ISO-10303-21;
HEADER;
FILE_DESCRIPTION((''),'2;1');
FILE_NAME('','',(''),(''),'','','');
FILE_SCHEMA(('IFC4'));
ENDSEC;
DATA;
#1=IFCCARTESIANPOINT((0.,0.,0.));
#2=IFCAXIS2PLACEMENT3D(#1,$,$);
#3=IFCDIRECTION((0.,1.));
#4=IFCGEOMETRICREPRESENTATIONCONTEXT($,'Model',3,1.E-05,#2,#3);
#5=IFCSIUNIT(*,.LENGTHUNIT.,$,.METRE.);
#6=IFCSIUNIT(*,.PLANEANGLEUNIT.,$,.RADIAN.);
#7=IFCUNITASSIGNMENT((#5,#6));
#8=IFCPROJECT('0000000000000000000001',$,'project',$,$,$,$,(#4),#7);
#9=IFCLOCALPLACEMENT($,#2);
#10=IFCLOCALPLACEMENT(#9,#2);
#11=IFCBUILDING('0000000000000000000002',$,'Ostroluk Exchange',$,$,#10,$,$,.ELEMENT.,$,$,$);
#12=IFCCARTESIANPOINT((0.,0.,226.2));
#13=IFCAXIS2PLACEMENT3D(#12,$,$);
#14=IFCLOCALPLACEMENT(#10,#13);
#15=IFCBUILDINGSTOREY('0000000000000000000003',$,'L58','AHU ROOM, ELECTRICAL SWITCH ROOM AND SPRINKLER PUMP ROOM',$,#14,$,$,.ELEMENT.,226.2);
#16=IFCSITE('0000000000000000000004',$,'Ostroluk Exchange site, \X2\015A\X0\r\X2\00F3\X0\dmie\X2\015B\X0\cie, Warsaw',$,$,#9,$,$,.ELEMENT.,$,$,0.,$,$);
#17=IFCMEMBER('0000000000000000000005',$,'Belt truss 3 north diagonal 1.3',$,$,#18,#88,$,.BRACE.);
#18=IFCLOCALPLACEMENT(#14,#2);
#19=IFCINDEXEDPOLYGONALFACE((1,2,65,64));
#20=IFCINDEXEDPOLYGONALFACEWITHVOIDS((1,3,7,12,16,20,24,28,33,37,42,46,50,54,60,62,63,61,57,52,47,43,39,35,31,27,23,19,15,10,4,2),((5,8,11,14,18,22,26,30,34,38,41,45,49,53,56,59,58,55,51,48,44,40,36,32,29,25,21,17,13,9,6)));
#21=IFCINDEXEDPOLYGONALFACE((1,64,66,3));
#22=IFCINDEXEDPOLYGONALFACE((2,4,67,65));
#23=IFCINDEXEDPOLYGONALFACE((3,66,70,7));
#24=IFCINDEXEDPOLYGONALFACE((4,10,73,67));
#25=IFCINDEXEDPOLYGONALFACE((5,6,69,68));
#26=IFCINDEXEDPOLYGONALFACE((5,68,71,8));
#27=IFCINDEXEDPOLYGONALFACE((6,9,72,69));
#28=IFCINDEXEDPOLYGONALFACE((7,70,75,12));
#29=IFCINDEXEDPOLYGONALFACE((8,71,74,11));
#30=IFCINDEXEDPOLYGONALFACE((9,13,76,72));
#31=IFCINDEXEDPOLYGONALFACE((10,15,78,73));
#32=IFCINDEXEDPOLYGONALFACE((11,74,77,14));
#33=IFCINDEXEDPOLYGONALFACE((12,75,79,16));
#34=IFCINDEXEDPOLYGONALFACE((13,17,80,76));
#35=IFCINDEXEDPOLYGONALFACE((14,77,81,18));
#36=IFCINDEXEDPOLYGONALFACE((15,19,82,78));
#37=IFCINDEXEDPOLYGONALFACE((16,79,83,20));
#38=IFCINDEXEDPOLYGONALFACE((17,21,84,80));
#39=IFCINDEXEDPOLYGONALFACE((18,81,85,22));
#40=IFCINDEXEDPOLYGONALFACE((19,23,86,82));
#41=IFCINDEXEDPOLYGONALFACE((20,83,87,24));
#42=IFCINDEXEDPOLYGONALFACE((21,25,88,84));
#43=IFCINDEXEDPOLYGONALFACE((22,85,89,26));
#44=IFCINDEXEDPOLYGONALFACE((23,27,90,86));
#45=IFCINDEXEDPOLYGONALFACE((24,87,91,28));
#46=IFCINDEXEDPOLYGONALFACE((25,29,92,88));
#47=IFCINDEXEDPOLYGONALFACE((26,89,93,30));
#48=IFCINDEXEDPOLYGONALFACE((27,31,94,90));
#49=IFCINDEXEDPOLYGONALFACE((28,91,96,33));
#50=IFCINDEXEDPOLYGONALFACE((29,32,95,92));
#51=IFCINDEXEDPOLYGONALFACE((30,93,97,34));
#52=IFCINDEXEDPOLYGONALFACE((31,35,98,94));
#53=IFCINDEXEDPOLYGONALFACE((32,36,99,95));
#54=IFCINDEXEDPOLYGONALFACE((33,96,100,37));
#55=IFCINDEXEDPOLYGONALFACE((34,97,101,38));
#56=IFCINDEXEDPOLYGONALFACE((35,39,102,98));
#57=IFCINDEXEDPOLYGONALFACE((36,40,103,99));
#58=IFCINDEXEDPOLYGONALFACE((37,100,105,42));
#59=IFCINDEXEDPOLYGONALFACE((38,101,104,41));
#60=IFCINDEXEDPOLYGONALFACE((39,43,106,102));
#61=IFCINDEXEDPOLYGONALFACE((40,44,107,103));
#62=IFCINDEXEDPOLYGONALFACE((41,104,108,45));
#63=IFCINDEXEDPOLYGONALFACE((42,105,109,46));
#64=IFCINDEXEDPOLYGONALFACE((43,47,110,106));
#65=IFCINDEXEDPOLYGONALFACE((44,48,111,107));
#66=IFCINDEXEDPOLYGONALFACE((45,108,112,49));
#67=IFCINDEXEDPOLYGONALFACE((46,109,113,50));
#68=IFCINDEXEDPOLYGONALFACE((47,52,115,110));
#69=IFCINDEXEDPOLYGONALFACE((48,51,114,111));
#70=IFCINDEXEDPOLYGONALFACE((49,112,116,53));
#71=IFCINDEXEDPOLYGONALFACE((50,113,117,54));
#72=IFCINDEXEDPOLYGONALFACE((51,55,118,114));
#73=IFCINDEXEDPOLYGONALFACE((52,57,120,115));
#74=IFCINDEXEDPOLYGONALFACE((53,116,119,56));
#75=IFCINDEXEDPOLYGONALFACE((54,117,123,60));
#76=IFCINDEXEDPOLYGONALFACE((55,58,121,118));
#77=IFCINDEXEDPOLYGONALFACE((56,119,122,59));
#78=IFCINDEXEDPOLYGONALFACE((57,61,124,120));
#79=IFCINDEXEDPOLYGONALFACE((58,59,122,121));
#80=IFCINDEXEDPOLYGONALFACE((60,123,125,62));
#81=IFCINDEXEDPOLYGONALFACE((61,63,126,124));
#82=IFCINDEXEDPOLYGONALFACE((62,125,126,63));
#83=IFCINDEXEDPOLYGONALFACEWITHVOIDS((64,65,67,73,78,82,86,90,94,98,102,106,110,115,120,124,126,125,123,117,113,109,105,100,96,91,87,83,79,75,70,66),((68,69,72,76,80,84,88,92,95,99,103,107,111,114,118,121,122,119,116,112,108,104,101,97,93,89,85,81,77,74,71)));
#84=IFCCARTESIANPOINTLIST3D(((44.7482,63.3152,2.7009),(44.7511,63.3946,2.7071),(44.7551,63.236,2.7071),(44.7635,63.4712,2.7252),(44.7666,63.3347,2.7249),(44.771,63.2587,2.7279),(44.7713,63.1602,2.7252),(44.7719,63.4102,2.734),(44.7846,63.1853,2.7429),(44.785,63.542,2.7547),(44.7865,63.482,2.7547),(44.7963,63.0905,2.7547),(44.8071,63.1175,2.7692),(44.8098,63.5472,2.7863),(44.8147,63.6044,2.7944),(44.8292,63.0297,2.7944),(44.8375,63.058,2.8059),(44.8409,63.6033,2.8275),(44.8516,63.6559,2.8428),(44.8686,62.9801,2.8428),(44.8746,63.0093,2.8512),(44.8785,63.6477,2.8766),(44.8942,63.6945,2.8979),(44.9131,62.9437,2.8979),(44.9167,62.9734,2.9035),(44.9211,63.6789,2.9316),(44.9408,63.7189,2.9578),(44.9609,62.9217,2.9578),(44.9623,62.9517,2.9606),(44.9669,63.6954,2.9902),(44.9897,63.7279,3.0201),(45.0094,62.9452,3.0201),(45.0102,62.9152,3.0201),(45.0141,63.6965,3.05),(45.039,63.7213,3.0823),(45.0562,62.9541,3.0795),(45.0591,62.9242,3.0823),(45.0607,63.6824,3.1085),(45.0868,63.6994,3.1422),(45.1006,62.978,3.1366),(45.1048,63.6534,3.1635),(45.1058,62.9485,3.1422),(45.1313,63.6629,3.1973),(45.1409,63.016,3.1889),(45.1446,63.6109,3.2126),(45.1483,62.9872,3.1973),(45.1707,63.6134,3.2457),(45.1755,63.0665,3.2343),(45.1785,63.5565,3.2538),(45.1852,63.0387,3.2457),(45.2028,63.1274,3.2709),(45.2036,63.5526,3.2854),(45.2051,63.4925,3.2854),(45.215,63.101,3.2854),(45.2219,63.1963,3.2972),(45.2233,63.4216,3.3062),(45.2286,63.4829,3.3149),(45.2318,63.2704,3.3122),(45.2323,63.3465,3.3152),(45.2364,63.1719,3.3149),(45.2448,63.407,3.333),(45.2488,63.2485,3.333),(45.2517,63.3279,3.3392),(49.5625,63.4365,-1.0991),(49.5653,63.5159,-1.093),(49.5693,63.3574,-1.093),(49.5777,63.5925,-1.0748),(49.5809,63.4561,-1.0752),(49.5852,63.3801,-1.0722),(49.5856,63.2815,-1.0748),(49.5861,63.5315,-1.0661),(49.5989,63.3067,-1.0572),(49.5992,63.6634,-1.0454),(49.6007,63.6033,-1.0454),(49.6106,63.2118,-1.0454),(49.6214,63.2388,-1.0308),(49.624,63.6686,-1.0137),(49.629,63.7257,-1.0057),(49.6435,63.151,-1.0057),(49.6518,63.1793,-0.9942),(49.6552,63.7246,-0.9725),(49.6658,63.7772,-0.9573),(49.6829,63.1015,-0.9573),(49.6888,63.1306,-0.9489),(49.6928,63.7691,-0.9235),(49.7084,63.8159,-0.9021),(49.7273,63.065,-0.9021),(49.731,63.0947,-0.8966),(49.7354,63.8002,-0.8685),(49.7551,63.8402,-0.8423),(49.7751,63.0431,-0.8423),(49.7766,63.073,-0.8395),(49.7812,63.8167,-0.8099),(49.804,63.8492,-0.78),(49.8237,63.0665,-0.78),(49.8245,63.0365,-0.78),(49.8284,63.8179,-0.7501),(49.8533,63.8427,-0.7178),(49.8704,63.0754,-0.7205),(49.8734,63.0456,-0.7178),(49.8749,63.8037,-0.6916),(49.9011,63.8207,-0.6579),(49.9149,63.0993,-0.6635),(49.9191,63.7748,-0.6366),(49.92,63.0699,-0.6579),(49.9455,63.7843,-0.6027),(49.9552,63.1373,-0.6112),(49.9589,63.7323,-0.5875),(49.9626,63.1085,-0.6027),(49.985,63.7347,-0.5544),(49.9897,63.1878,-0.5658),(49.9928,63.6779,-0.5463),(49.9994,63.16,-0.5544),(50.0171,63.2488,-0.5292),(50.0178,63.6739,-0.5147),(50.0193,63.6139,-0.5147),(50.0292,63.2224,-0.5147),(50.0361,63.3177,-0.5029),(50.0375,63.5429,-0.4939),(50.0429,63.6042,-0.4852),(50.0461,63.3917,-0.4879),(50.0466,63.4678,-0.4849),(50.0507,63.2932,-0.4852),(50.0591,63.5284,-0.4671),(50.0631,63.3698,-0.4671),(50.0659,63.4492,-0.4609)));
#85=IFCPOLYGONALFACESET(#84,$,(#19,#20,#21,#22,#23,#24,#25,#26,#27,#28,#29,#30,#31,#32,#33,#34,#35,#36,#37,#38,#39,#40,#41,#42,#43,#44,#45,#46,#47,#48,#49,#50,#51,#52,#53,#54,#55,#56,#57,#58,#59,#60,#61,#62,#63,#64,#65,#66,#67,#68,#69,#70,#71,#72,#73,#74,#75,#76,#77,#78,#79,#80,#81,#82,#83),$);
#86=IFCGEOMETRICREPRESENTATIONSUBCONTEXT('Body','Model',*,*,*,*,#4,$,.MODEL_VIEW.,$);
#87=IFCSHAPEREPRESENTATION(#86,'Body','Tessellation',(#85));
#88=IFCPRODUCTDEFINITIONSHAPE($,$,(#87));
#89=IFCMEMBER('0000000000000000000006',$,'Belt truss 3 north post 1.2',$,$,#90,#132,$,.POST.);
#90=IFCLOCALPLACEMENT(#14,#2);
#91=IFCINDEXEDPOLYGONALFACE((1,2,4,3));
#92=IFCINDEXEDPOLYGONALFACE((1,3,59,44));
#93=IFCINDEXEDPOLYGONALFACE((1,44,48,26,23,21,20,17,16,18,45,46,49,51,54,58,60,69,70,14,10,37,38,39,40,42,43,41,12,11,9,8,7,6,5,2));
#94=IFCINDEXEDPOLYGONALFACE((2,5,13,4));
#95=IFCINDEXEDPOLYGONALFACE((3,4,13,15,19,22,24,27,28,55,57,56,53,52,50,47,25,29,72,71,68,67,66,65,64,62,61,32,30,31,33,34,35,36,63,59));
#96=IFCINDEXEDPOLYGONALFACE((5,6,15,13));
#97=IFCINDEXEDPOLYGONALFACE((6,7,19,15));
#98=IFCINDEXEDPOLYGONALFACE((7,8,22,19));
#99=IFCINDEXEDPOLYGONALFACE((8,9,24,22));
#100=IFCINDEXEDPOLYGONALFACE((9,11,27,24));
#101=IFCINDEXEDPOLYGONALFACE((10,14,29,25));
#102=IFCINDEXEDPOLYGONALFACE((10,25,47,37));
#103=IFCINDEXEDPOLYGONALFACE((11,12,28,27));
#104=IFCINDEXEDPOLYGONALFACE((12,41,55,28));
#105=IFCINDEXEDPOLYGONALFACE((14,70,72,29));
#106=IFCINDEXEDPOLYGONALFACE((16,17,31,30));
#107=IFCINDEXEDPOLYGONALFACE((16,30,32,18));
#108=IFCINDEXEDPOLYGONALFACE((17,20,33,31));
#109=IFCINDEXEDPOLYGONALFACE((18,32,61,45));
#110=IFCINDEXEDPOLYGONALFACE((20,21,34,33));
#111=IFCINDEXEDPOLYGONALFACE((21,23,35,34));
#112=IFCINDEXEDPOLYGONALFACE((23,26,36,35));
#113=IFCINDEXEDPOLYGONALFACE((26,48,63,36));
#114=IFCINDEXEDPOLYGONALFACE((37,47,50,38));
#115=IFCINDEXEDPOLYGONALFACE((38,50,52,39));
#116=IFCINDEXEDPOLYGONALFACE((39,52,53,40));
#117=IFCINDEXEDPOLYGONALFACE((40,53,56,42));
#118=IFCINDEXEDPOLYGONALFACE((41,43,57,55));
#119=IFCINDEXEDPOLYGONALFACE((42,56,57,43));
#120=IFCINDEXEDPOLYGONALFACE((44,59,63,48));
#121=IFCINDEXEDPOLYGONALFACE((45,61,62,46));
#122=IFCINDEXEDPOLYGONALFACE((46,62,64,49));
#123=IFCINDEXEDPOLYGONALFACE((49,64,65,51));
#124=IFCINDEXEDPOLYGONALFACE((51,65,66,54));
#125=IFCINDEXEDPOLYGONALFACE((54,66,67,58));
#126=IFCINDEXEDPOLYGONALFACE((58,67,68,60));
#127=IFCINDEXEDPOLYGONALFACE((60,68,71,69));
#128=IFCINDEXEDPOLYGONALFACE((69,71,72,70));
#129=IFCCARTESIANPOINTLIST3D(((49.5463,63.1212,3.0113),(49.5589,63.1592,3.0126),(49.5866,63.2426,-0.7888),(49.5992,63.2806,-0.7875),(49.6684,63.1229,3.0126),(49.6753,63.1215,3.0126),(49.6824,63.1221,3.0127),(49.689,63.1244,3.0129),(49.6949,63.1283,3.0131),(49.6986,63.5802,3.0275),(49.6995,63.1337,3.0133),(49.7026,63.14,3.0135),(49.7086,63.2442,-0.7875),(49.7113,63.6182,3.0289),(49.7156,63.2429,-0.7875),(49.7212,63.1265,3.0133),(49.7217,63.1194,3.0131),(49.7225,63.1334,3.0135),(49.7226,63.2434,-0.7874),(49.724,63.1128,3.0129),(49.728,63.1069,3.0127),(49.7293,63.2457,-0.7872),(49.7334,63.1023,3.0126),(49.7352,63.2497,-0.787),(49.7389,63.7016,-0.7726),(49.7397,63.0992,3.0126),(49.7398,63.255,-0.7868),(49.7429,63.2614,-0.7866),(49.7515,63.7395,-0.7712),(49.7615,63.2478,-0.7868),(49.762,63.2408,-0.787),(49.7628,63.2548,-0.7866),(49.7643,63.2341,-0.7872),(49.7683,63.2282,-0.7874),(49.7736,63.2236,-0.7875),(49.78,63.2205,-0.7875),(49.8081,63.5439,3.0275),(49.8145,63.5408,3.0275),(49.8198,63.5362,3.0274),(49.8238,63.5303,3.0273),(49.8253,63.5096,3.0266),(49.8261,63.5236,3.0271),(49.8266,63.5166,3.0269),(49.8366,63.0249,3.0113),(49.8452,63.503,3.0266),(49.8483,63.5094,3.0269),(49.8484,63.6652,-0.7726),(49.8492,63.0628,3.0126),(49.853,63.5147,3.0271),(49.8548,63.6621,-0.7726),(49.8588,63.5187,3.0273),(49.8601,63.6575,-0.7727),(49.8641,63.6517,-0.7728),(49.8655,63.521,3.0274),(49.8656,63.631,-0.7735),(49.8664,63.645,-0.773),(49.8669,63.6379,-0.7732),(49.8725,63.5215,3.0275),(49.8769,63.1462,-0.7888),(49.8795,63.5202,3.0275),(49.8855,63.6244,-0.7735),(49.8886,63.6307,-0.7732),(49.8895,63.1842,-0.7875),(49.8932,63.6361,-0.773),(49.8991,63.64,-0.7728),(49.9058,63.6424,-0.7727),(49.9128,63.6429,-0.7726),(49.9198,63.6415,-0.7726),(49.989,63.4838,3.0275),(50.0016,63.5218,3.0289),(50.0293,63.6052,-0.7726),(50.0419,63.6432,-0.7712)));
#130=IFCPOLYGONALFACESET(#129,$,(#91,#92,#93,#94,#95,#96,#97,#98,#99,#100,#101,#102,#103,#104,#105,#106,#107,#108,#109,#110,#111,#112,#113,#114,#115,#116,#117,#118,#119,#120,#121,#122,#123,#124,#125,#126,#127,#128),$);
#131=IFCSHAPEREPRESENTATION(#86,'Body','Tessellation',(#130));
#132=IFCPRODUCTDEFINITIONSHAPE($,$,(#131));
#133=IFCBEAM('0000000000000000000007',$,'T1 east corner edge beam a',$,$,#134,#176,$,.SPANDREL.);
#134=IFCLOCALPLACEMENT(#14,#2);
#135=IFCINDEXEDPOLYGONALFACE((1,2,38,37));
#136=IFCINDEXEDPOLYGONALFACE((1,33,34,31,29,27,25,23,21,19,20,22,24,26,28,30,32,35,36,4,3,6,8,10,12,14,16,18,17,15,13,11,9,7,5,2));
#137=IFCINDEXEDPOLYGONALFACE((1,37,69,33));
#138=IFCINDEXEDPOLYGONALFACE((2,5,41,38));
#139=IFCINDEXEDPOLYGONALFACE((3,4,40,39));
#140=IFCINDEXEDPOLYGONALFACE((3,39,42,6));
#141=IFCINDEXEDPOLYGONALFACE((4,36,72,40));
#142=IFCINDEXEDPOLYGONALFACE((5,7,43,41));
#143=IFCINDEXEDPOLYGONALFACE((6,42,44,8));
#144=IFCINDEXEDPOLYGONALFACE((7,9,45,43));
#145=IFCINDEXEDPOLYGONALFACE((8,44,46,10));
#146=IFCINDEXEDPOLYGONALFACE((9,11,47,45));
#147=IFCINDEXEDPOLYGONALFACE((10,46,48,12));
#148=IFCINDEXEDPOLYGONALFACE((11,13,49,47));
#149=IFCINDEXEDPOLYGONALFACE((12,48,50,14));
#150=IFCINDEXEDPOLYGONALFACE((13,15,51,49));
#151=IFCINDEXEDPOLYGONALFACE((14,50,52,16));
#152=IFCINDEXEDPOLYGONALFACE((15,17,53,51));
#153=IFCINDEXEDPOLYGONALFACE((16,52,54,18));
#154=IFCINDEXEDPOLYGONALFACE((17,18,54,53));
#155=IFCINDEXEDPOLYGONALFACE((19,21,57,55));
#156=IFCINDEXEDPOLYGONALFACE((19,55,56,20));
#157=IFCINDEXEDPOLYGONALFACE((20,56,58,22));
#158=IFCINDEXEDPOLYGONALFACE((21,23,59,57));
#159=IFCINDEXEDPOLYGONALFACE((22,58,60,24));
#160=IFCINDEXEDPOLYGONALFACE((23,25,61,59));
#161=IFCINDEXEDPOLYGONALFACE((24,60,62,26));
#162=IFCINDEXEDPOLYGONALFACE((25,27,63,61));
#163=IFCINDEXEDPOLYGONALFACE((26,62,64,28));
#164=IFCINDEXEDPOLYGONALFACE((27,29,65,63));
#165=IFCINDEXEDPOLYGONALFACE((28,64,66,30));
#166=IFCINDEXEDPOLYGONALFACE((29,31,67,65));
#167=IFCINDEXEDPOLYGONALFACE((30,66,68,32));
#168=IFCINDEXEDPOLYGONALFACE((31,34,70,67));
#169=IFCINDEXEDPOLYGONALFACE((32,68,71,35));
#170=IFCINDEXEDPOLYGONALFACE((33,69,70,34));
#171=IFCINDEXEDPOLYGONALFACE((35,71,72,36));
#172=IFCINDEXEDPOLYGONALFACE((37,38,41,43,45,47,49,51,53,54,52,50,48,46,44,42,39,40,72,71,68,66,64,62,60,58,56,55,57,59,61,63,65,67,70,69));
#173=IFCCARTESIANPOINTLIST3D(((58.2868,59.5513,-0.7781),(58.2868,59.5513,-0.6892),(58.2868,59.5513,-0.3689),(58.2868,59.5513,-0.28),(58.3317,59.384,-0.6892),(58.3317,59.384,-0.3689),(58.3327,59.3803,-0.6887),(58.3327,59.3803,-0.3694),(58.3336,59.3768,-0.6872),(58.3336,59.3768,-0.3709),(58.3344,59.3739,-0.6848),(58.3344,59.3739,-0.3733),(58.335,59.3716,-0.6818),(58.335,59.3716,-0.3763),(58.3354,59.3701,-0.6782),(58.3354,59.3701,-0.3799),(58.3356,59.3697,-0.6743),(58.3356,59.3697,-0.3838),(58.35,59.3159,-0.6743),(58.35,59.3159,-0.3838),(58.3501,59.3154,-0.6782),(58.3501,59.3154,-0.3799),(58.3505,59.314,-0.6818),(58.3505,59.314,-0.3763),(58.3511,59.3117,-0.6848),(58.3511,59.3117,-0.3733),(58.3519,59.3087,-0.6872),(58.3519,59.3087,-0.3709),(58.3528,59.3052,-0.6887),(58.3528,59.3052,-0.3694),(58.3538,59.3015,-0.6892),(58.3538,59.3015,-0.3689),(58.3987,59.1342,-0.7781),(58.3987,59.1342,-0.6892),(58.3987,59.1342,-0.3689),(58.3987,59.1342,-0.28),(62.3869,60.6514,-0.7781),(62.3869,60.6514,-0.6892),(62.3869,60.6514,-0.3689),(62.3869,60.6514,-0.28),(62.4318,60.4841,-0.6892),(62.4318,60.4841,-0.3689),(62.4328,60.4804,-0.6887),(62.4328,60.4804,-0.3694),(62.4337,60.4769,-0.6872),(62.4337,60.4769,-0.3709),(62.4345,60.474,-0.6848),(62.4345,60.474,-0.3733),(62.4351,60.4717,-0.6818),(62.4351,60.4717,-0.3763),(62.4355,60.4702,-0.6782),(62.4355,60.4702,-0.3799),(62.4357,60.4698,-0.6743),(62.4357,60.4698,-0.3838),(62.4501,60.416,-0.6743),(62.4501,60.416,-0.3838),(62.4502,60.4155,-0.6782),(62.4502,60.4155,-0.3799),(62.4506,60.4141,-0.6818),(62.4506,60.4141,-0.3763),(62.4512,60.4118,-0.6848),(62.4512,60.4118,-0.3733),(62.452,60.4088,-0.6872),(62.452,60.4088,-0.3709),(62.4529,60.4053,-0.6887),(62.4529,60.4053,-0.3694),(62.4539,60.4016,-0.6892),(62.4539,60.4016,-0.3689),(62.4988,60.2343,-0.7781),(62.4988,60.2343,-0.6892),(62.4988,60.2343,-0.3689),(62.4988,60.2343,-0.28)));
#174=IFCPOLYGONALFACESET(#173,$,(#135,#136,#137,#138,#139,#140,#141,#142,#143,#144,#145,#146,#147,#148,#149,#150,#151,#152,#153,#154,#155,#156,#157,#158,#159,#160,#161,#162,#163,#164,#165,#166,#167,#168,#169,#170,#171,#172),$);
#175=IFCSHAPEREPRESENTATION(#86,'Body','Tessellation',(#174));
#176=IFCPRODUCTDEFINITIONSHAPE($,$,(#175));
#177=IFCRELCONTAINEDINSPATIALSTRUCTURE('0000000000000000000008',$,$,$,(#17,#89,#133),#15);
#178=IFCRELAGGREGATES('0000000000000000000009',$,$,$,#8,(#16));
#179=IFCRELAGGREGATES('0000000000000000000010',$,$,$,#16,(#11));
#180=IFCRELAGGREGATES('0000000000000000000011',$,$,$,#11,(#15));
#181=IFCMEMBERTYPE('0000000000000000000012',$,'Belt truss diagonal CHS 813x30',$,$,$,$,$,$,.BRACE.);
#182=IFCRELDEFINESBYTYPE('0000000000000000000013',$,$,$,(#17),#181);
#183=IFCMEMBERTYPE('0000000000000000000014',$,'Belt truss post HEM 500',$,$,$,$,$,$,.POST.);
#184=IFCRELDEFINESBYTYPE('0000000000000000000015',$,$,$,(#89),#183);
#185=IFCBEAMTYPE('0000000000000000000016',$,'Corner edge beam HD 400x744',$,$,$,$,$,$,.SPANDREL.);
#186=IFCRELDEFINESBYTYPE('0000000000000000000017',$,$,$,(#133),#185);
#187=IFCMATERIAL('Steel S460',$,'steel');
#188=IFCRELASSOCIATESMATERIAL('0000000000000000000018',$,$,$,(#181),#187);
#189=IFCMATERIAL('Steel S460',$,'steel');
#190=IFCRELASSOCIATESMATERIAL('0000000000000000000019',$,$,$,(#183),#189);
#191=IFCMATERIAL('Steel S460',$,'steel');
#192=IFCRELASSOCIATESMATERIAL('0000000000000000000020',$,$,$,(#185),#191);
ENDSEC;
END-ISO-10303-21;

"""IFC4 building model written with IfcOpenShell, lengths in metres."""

from ifc_helpers import new_model, si_unit, direction, frame, origin, origin_2d, place, context, subcontext, project, spatial, hollow_circle, i_section, extrude, material, material_profile, profile_set, type_object, element, save


model = new_model("IFC4")

# Units and contexts
model_context = context("Model", 3, precision=1e-05, world=origin(), true_north=direction((0.0, 1.0)))
body_context = subcontext(model_context, "Body", "Model", "MODEL_VIEW")
ifc_project = project(units=[si_unit("LENGTHUNIT", "METRE"), si_unit("PLANEANGLEUNIT", "RADIAN")], contexts=[model_context])

# Site, building, storey
site_placement = place(None, origin())
site = spatial("IfcSite", under=ifc_project, at=site_placement, Name="Ostroluk Exchange site, Śródmieście, Warsaw", CompositionType="ELEMENT", RefElevation=0.0)
building_placement = place(site_placement, origin())
building = spatial("IfcBuilding", under=site, at=building_placement, Name="Ostroluk Exchange", CompositionType="ELEMENT")
storey_placement = place(building_placement, frame((0.0, 0.0, 226.2)))
storey = spatial("IfcBuildingStorey", under=building, at=storey_placement, Name="L58", Description="AHU ROOM, ELECTRICAL SWITCH ROOM AND SPRINKLER PUMP ROOM", CompositionType="ELEMENT", Elevation=226.2)

# Members
ifc_material_1 = material(Name="Steel S460", Category="steel")
ifc_material_profile_1 = material_profile(ifc_material_1, hollow_circle(Radius=0.4065, WallThickness=0.03, at=origin_2d()), Name="CHS 813x30")
ifc_profile_set_1 = profile_set([ifc_material_profile_1], Name="Steel S460")
member_type_1 = type_object("IfcMemberType", Name="Belt truss diagonal CHS 813x30", PredefinedType="BRACE", material=ifc_profile_set_1)
member_1_placement = place(storey_placement, frame((49.8142, 63.4429, -0.78), z_axis=(-0.78478, -0.01978, 0.619459), x_axis=(0.025196, -0.999683, 0.0)))
element("IfcMember", 1, at=member_1_placement, inside=storey, type_object=member_type_1, Name="Belt truss 3 north diagonal 1.3", PredefinedType="BRACE", context=body_context, shape_type="SweptSolid", body=[
    extrude(hollow_circle(Radius=0.4065, WallThickness=0.03, at=origin_2d()), origin(), (0.0, 0.0, 1.0), 6.1345),
])
ifc_material_2 = material(Name="Steel S460", Category="steel")
ifc_material_profile_2 = material_profile(ifc_material_2, i_section(OverallWidth=0.3059, OverallDepth=0.5239, WebThickness=0.021, FlangeThickness=0.04, FilletRadius=0.0271, at=origin_2d()), Name="HEM 500")
ifc_profile_set_2 = profile_set([ifc_material_profile_2], Name="Steel S460")
member_type_2 = type_object("IfcMemberType", Name="Belt truss post HEM 500", PredefinedType="POST", material=ifc_profile_set_2)
member_2_placement = place(storey_placement, frame((49.8142, 63.4429, -0.78), z_axis=(-0.010595, -0.031913, 0.999435), x_axis=(0.949065, -0.315082, 0.0)))
element("IfcMember", 2, at=member_2_placement, inside=storey, type_object=member_type_2, Name="Belt truss 3 north post 1.2", PredefinedType="POST", context=body_context, shape_type="SweptSolid", body=[
    extrude(i_section(OverallWidth=0.3059, OverallDepth=0.5239, WebThickness=0.021, FlangeThickness=0.04, FilletRadius=0.0271, at=origin_2d()), origin(), (0.0, 0.0, 1.0), 3.8022),
])

# Beam
ifc_material_3 = material(Name="Steel S460", Category="steel")
ifc_material_profile_3 = material_profile(ifc_material_3, i_section(OverallWidth=0.4319, OverallDepth=0.498, WebThickness=0.0557, FlangeThickness=0.0889, FilletRadius=0.0149, at=origin_2d()), Name="HD 400x744")
ifc_profile_set_3 = profile_set([ifc_material_profile_3], Name="Steel S460")
beam_type_1 = type_object("IfcBeamType", Name="Corner edge beam HD 400x744", PredefinedType="SPANDREL", material=ifc_profile_set_3)
for number, where, z_axis, x_axis, name in (
    (3, (58.3428, 59.3428, -0.5291), (0.965839, 0.259144, 0.0), (-0.259144, 0.965839, 0.0), "T1 east corner edge beam a"),
):
    element("IfcBeam", number, at=place(storey_placement, frame(where, z_axis=z_axis, x_axis=x_axis)), inside=storey, type_object=beam_type_1, Name=name, PredefinedType="SPANDREL", context=body_context, shape_type="SweptSolid", body=[
        extrude(i_section(OverallWidth=0.4319, OverallDepth=0.498, WebThickness=0.0557, FlangeThickness=0.0889, FilletRadius=0.0149, at=origin_2d()), origin(), (0.0, 0.0, 1.0), 4.2451),
    ])

save(model, "model.ifc")
